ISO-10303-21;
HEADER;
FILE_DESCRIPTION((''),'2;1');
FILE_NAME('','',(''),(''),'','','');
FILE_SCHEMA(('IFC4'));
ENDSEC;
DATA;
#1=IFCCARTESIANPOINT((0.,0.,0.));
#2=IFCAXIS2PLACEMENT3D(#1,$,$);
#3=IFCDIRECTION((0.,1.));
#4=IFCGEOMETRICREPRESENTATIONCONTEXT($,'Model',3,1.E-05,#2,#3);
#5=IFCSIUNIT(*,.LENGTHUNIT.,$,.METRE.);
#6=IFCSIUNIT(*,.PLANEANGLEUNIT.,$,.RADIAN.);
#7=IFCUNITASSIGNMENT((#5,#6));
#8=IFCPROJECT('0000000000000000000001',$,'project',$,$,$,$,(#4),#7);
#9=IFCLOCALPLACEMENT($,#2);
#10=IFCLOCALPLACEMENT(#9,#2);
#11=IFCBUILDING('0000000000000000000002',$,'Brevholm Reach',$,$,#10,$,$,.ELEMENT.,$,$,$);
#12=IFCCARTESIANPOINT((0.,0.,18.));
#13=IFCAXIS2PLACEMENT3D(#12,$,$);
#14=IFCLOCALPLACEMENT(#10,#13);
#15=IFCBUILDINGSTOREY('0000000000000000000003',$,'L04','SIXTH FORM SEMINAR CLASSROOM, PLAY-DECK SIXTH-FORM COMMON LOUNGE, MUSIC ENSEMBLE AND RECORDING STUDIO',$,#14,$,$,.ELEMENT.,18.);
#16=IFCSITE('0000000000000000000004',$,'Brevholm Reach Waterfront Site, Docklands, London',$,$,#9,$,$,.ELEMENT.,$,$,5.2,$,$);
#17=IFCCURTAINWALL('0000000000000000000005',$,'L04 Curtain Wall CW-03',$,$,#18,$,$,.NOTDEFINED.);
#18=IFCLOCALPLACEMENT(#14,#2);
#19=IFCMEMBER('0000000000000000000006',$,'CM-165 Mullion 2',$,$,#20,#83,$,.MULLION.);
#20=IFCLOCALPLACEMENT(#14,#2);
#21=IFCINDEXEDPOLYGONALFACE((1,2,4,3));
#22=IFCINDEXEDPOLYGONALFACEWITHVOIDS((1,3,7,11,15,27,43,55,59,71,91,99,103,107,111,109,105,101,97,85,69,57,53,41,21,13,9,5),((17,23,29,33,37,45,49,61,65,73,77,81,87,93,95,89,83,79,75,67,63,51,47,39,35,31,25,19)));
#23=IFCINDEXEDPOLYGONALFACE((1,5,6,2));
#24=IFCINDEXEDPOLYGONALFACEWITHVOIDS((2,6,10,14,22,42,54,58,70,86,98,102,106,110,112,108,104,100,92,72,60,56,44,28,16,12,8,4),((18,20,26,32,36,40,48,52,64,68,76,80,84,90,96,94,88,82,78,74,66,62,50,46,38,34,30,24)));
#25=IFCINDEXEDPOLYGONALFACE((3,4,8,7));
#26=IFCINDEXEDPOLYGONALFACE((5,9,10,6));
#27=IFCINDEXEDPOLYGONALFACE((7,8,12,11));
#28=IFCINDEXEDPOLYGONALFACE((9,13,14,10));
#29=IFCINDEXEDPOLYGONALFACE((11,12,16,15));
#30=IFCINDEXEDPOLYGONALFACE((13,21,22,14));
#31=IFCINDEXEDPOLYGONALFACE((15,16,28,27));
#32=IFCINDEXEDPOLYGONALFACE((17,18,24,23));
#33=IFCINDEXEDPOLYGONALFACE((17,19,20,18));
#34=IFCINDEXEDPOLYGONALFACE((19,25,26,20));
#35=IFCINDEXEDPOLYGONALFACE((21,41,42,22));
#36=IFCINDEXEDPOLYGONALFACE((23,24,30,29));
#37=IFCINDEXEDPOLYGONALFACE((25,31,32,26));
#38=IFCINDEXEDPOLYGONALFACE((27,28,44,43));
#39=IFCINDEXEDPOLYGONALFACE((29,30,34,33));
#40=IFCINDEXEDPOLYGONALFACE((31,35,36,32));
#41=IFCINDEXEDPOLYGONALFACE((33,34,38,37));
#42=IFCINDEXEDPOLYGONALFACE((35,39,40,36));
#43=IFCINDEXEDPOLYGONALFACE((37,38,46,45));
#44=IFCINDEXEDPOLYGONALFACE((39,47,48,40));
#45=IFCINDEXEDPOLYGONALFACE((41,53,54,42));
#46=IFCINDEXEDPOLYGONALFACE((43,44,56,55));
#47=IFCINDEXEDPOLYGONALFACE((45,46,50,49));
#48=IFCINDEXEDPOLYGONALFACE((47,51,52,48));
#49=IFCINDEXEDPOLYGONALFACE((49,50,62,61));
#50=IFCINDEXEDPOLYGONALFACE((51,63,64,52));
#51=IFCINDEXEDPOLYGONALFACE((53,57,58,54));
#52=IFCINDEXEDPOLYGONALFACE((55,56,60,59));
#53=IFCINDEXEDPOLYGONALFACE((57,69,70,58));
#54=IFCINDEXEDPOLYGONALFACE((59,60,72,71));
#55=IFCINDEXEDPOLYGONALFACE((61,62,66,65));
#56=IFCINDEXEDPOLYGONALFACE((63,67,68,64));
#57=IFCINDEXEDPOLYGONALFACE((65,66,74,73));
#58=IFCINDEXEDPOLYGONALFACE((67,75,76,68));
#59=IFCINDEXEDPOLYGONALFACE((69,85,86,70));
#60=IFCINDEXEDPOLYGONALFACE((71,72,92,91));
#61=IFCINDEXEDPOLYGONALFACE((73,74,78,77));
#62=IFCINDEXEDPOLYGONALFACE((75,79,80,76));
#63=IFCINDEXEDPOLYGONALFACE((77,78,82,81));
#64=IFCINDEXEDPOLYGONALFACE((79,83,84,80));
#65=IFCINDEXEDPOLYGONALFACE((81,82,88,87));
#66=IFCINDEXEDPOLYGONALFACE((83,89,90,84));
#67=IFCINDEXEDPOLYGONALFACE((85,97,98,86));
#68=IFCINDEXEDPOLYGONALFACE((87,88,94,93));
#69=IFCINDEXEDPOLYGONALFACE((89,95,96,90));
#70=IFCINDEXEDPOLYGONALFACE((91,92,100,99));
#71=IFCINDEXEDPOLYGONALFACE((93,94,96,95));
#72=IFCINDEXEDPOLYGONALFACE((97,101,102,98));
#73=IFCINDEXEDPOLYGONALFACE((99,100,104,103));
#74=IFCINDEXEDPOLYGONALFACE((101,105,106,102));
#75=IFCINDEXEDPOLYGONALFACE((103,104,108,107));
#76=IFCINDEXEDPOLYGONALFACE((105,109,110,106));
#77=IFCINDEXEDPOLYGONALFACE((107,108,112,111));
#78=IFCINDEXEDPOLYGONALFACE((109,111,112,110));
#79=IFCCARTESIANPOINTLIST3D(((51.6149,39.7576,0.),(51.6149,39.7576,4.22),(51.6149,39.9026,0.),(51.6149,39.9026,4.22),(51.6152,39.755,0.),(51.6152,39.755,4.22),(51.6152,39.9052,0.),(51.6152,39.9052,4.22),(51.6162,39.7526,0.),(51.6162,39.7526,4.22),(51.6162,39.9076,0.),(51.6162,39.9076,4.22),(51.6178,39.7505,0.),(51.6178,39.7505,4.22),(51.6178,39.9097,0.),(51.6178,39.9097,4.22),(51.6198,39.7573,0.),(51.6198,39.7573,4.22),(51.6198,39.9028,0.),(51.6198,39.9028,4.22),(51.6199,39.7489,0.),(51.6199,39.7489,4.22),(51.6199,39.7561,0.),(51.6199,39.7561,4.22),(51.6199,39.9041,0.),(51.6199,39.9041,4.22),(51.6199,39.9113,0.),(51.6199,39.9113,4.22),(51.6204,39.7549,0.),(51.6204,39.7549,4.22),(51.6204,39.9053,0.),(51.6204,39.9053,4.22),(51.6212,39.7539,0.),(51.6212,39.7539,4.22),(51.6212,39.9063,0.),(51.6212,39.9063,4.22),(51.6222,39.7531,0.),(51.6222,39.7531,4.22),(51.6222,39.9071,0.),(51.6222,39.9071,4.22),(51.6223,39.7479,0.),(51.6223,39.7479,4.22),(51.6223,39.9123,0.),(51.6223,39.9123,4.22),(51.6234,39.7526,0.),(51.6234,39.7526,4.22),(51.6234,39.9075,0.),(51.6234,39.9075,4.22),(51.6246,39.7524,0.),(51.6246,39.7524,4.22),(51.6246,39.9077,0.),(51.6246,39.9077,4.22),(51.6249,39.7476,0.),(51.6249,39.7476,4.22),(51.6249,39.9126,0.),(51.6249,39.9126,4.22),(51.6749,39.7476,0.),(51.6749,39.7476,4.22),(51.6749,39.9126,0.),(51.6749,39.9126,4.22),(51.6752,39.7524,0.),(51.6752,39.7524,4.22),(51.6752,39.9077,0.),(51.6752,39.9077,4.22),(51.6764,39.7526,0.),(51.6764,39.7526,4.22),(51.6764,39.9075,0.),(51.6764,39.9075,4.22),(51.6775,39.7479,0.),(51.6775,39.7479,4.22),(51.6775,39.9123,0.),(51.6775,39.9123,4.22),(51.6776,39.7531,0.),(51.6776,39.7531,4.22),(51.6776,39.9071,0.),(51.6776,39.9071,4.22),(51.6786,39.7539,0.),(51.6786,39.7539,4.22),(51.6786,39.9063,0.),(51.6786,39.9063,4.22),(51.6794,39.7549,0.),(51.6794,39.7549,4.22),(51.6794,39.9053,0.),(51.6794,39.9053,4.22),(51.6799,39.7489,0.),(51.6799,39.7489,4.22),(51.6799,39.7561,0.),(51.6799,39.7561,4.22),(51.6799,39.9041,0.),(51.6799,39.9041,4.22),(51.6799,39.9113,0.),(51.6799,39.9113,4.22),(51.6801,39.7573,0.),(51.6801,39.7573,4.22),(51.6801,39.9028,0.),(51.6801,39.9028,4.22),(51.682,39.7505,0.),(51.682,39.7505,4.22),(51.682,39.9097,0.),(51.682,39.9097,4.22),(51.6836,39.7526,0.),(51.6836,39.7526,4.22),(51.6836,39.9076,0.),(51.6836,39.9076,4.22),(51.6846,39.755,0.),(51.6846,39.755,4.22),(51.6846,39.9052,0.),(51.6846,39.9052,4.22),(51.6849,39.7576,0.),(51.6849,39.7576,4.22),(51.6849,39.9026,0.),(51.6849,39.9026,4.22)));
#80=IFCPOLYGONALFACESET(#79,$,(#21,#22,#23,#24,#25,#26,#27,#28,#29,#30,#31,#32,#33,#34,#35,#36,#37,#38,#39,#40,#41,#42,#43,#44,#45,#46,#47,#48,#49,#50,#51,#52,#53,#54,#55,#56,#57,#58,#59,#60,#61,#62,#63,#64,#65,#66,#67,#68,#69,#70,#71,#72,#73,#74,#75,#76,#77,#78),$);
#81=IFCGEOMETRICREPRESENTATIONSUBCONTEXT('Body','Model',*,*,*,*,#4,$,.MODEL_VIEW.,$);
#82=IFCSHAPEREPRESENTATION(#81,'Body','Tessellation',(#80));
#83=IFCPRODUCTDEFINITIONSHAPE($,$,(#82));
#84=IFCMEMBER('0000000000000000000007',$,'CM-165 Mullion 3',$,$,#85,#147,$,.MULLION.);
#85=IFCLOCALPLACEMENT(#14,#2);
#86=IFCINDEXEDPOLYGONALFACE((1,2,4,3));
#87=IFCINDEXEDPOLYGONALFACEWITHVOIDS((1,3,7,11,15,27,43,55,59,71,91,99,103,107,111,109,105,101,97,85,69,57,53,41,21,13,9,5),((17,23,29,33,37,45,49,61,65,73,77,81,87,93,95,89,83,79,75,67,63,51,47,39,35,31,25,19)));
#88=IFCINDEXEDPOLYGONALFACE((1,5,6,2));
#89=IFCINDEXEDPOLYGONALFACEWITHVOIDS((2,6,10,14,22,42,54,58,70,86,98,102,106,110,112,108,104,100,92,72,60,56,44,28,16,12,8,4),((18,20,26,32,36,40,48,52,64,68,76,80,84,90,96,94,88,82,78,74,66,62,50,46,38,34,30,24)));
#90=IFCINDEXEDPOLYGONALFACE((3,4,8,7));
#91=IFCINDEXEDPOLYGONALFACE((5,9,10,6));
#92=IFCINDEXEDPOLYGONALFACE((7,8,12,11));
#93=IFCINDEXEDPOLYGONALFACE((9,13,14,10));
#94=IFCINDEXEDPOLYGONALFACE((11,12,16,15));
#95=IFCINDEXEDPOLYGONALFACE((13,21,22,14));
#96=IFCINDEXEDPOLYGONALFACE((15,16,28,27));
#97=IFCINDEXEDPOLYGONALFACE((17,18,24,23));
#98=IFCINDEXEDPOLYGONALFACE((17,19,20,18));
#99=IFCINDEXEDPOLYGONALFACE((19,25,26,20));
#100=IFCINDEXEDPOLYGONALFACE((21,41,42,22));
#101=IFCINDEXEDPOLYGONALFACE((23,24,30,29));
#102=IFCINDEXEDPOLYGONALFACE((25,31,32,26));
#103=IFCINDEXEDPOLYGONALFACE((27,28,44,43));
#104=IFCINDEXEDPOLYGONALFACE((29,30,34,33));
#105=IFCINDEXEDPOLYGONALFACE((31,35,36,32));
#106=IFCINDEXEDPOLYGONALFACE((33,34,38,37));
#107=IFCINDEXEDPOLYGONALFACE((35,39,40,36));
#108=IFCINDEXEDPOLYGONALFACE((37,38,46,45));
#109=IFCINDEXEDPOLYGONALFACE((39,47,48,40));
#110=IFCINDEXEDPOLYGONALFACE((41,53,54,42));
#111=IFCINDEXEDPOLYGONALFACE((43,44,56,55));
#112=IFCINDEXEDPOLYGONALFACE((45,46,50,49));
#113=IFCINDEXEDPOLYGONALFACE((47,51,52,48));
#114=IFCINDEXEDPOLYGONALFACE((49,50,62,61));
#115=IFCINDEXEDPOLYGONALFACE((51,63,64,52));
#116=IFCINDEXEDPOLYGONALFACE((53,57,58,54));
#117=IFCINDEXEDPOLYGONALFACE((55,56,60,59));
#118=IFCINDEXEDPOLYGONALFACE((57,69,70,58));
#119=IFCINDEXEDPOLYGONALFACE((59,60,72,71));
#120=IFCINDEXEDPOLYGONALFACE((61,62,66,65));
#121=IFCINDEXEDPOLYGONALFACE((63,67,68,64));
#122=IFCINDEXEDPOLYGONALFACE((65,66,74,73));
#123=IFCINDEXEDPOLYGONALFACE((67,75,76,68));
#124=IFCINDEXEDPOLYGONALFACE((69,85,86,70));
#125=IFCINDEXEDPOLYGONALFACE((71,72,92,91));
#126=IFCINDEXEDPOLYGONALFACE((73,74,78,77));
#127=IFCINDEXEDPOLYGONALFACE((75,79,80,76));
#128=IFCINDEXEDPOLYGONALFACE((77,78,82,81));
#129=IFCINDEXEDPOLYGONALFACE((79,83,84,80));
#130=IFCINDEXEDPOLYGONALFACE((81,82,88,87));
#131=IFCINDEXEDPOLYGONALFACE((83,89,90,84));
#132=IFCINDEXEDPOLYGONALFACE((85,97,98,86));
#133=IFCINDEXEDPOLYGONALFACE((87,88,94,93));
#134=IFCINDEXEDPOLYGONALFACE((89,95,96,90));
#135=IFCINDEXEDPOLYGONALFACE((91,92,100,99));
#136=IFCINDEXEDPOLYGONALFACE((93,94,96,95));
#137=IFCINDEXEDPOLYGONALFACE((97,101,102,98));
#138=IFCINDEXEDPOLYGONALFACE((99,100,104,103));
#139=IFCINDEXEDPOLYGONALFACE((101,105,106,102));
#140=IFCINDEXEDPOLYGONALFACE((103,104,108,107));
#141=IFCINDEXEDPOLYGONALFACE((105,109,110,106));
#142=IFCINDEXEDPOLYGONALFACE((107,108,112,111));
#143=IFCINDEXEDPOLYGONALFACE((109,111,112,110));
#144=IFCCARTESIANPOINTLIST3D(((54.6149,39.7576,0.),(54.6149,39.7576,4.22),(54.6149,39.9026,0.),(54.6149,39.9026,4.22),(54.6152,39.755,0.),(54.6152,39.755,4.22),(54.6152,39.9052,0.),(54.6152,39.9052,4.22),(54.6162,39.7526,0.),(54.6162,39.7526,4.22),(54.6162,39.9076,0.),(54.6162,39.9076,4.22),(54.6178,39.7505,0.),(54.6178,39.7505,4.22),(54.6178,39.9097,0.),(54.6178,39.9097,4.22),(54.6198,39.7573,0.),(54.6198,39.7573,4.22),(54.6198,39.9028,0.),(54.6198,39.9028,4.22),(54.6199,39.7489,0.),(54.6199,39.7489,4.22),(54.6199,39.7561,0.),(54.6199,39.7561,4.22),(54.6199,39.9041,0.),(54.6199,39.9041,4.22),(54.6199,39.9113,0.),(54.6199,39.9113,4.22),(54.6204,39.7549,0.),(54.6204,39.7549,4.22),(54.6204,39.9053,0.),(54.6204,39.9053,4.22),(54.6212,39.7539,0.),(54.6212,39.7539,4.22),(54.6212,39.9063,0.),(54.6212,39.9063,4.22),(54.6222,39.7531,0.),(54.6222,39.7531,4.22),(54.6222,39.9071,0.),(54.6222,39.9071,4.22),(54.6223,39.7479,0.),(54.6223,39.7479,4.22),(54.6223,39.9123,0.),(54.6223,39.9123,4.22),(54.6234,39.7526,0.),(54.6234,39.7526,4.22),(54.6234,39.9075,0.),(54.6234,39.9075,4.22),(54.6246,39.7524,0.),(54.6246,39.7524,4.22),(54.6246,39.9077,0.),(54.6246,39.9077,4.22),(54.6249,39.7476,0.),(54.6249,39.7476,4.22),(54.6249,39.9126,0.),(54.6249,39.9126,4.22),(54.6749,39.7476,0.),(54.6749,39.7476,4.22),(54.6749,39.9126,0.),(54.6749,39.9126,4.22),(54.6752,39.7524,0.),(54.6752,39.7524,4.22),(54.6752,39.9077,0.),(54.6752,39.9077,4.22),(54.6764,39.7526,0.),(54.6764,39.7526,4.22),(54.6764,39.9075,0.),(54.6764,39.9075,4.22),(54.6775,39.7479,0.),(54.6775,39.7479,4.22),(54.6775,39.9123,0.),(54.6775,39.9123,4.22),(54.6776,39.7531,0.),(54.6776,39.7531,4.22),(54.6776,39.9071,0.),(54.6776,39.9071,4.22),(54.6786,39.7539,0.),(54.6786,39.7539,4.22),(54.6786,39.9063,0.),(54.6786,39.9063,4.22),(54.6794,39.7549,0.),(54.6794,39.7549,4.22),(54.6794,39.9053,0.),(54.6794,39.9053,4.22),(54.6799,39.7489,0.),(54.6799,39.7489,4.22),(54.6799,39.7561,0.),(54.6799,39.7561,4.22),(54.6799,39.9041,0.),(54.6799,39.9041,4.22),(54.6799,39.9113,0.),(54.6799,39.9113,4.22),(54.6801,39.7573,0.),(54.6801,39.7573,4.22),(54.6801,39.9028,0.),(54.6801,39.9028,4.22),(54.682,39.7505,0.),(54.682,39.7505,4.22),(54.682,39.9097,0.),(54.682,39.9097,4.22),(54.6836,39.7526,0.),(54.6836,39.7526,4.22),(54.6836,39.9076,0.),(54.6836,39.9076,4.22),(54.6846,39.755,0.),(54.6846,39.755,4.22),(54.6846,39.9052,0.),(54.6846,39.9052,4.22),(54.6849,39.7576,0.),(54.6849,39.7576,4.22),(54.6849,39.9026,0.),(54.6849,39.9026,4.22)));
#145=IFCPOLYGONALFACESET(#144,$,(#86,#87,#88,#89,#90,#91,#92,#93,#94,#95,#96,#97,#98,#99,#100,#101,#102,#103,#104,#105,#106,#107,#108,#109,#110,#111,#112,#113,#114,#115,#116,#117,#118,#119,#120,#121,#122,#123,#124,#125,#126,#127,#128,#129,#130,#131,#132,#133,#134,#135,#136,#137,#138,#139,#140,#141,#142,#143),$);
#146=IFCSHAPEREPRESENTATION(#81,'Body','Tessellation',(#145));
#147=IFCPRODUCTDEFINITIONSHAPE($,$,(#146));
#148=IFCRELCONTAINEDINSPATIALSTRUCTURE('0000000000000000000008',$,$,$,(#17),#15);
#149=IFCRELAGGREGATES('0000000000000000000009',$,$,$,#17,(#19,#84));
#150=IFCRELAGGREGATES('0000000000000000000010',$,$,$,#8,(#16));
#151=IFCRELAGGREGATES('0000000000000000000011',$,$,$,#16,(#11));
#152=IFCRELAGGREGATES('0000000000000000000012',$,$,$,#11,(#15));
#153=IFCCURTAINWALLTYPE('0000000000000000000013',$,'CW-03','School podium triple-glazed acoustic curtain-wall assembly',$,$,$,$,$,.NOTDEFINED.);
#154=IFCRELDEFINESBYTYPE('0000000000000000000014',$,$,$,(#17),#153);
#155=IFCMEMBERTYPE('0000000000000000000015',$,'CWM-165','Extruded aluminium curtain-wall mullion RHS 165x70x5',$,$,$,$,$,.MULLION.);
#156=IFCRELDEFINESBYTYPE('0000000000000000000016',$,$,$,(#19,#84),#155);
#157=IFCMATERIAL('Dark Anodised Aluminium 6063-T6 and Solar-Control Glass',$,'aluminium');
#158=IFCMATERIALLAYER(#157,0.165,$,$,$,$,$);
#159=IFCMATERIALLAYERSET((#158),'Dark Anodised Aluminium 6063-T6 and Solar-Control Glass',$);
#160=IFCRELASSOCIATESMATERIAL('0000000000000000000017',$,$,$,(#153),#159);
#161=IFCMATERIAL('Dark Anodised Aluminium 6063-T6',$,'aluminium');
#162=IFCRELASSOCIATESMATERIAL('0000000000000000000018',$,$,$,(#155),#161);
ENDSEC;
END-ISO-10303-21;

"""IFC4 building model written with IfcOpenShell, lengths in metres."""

from ifc_helpers import new_model, si_unit, direction, frame, origin, origin_2d, place, context, subcontext, project, spatial, hollow_rectangle, extrude, material, layer, layer_set, material_profile, profile_set, type_object, element, aggregate, save


model = new_model("IFC4")

# Units and contexts
model_context = context("Model", 3, precision=1e-05, world=origin(), true_north=direction((0.0, 1.0)))
body_context = subcontext(model_context, "Body", "Model", "MODEL_VIEW")
ifc_project = project(units=[si_unit("LENGTHUNIT", "METRE"), si_unit("PLANEANGLEUNIT", "RADIAN")], contexts=[model_context])

# Site, building, storey
site_placement = place(None, origin())
site = spatial("IfcSite", under=ifc_project, at=site_placement, Name="Brevholm Reach Waterfront Site, Docklands, London", CompositionType="ELEMENT", RefElevation=5.2)
building_placement = place(site_placement, origin())
building = spatial("IfcBuilding", under=site, at=building_placement, Name="Brevholm Reach", CompositionType="ELEMENT")
storey_placement = place(building_placement, frame((0.0, 0.0, 18.0)))
storey = spatial("IfcBuildingStorey", under=building, at=storey_placement, Name="L04", Description="SIXTH FORM SEMINAR CLASSROOM, PLAY-DECK SIXTH-FORM COMMON LOUNGE, MUSIC ENSEMBLE AND RECORDING STUDIO", CompositionType="ELEMENT", Elevation=18.0)

# Curtain wall, members
ifc_material_1 = material(Name="Dark Anodised Aluminium 6063-T6 and Solar-Control Glass", Category="aluminium")
ifc_layer_1 = layer(ifc_material_1, 0.165)
ifc_layer_set_1 = layer_set([ifc_layer_1], Name="Dark Anodised Aluminium 6063-T6 and Solar-Control Glass")
curtain_wall_type = type_object("IfcCurtainWallType", Name="CW-03", Description="School podium triple-glazed acoustic curtain-wall assembly", PredefinedType="NOTDEFINED", material=ifc_layer_set_1)
curtain_wall_placement = place(storey_placement, origin())
curtain_wall = element("IfcCurtainWall", 1, at=curtain_wall_placement, inside=storey, type_object=curtain_wall_type, Name="L04 Curtain Wall CW-03", PredefinedType="NOTDEFINED")
ifc_material_2 = material(Name="Dark Anodised Aluminium 6063-T6", Category="aluminium")
ifc_material_profile_1 = material_profile(ifc_material_2, hollow_rectangle(XDim=0.0701, YDim=0.165, WallThickness=0.0049, InnerFilletRadius=0.0049, OuterFilletRadius=0.01, at=origin_2d()), Name="RHS 165x70x5")
ifc_profile_set_1 = profile_set([ifc_material_profile_1], Name="Dark Anodised Aluminium 6063-T6")
member_type_1 = type_object("IfcMemberType", Name="CWM-165", Description="Extruded aluminium curtain-wall mullion RHS 165x70x5", PredefinedType="MULLION", material=ifc_profile_set_1)
member_1_placement = place(storey_placement, frame((51.6499, 39.8301, 0.0), z_axis=(0.0, 0.0, 1.0), x_axis=(1.0, 0.0, 0.0)))
member_1 = element("IfcMember", 2, at=member_1_placement, type_object=member_type_1, Name="CM-165 Mullion 2", PredefinedType="MULLION", context=body_context, shape_type="SweptSolid", body=[
    extrude(hollow_rectangle(XDim=0.0701, YDim=0.165, WallThickness=0.0049, InnerFilletRadius=0.0049, OuterFilletRadius=0.01, at=origin_2d()), origin(), (0.0, 0.0, 1.0), 4.22),
])
member_2_placement = place(storey_placement, frame((54.6499, 39.8301, 0.0), z_axis=(0.0, 0.0, 1.0), x_axis=(1.0, 0.0, 0.0)))
member_2 = element("IfcMember", 3, at=member_2_placement, type_object=member_type_1, Name="CM-165 Mullion 3", PredefinedType="MULLION", context=body_context, shape_type="SweptSolid", body=[
    extrude(hollow_rectangle(XDim=0.0701, YDim=0.165, WallThickness=0.0049, InnerFilletRadius=0.0049, OuterFilletRadius=0.01, at=origin_2d()), origin(), (0.0, 0.0, 1.0), 4.22),
])
aggregate(curtain_wall, [member_1, member_2])

save(model, "model.ifc")
